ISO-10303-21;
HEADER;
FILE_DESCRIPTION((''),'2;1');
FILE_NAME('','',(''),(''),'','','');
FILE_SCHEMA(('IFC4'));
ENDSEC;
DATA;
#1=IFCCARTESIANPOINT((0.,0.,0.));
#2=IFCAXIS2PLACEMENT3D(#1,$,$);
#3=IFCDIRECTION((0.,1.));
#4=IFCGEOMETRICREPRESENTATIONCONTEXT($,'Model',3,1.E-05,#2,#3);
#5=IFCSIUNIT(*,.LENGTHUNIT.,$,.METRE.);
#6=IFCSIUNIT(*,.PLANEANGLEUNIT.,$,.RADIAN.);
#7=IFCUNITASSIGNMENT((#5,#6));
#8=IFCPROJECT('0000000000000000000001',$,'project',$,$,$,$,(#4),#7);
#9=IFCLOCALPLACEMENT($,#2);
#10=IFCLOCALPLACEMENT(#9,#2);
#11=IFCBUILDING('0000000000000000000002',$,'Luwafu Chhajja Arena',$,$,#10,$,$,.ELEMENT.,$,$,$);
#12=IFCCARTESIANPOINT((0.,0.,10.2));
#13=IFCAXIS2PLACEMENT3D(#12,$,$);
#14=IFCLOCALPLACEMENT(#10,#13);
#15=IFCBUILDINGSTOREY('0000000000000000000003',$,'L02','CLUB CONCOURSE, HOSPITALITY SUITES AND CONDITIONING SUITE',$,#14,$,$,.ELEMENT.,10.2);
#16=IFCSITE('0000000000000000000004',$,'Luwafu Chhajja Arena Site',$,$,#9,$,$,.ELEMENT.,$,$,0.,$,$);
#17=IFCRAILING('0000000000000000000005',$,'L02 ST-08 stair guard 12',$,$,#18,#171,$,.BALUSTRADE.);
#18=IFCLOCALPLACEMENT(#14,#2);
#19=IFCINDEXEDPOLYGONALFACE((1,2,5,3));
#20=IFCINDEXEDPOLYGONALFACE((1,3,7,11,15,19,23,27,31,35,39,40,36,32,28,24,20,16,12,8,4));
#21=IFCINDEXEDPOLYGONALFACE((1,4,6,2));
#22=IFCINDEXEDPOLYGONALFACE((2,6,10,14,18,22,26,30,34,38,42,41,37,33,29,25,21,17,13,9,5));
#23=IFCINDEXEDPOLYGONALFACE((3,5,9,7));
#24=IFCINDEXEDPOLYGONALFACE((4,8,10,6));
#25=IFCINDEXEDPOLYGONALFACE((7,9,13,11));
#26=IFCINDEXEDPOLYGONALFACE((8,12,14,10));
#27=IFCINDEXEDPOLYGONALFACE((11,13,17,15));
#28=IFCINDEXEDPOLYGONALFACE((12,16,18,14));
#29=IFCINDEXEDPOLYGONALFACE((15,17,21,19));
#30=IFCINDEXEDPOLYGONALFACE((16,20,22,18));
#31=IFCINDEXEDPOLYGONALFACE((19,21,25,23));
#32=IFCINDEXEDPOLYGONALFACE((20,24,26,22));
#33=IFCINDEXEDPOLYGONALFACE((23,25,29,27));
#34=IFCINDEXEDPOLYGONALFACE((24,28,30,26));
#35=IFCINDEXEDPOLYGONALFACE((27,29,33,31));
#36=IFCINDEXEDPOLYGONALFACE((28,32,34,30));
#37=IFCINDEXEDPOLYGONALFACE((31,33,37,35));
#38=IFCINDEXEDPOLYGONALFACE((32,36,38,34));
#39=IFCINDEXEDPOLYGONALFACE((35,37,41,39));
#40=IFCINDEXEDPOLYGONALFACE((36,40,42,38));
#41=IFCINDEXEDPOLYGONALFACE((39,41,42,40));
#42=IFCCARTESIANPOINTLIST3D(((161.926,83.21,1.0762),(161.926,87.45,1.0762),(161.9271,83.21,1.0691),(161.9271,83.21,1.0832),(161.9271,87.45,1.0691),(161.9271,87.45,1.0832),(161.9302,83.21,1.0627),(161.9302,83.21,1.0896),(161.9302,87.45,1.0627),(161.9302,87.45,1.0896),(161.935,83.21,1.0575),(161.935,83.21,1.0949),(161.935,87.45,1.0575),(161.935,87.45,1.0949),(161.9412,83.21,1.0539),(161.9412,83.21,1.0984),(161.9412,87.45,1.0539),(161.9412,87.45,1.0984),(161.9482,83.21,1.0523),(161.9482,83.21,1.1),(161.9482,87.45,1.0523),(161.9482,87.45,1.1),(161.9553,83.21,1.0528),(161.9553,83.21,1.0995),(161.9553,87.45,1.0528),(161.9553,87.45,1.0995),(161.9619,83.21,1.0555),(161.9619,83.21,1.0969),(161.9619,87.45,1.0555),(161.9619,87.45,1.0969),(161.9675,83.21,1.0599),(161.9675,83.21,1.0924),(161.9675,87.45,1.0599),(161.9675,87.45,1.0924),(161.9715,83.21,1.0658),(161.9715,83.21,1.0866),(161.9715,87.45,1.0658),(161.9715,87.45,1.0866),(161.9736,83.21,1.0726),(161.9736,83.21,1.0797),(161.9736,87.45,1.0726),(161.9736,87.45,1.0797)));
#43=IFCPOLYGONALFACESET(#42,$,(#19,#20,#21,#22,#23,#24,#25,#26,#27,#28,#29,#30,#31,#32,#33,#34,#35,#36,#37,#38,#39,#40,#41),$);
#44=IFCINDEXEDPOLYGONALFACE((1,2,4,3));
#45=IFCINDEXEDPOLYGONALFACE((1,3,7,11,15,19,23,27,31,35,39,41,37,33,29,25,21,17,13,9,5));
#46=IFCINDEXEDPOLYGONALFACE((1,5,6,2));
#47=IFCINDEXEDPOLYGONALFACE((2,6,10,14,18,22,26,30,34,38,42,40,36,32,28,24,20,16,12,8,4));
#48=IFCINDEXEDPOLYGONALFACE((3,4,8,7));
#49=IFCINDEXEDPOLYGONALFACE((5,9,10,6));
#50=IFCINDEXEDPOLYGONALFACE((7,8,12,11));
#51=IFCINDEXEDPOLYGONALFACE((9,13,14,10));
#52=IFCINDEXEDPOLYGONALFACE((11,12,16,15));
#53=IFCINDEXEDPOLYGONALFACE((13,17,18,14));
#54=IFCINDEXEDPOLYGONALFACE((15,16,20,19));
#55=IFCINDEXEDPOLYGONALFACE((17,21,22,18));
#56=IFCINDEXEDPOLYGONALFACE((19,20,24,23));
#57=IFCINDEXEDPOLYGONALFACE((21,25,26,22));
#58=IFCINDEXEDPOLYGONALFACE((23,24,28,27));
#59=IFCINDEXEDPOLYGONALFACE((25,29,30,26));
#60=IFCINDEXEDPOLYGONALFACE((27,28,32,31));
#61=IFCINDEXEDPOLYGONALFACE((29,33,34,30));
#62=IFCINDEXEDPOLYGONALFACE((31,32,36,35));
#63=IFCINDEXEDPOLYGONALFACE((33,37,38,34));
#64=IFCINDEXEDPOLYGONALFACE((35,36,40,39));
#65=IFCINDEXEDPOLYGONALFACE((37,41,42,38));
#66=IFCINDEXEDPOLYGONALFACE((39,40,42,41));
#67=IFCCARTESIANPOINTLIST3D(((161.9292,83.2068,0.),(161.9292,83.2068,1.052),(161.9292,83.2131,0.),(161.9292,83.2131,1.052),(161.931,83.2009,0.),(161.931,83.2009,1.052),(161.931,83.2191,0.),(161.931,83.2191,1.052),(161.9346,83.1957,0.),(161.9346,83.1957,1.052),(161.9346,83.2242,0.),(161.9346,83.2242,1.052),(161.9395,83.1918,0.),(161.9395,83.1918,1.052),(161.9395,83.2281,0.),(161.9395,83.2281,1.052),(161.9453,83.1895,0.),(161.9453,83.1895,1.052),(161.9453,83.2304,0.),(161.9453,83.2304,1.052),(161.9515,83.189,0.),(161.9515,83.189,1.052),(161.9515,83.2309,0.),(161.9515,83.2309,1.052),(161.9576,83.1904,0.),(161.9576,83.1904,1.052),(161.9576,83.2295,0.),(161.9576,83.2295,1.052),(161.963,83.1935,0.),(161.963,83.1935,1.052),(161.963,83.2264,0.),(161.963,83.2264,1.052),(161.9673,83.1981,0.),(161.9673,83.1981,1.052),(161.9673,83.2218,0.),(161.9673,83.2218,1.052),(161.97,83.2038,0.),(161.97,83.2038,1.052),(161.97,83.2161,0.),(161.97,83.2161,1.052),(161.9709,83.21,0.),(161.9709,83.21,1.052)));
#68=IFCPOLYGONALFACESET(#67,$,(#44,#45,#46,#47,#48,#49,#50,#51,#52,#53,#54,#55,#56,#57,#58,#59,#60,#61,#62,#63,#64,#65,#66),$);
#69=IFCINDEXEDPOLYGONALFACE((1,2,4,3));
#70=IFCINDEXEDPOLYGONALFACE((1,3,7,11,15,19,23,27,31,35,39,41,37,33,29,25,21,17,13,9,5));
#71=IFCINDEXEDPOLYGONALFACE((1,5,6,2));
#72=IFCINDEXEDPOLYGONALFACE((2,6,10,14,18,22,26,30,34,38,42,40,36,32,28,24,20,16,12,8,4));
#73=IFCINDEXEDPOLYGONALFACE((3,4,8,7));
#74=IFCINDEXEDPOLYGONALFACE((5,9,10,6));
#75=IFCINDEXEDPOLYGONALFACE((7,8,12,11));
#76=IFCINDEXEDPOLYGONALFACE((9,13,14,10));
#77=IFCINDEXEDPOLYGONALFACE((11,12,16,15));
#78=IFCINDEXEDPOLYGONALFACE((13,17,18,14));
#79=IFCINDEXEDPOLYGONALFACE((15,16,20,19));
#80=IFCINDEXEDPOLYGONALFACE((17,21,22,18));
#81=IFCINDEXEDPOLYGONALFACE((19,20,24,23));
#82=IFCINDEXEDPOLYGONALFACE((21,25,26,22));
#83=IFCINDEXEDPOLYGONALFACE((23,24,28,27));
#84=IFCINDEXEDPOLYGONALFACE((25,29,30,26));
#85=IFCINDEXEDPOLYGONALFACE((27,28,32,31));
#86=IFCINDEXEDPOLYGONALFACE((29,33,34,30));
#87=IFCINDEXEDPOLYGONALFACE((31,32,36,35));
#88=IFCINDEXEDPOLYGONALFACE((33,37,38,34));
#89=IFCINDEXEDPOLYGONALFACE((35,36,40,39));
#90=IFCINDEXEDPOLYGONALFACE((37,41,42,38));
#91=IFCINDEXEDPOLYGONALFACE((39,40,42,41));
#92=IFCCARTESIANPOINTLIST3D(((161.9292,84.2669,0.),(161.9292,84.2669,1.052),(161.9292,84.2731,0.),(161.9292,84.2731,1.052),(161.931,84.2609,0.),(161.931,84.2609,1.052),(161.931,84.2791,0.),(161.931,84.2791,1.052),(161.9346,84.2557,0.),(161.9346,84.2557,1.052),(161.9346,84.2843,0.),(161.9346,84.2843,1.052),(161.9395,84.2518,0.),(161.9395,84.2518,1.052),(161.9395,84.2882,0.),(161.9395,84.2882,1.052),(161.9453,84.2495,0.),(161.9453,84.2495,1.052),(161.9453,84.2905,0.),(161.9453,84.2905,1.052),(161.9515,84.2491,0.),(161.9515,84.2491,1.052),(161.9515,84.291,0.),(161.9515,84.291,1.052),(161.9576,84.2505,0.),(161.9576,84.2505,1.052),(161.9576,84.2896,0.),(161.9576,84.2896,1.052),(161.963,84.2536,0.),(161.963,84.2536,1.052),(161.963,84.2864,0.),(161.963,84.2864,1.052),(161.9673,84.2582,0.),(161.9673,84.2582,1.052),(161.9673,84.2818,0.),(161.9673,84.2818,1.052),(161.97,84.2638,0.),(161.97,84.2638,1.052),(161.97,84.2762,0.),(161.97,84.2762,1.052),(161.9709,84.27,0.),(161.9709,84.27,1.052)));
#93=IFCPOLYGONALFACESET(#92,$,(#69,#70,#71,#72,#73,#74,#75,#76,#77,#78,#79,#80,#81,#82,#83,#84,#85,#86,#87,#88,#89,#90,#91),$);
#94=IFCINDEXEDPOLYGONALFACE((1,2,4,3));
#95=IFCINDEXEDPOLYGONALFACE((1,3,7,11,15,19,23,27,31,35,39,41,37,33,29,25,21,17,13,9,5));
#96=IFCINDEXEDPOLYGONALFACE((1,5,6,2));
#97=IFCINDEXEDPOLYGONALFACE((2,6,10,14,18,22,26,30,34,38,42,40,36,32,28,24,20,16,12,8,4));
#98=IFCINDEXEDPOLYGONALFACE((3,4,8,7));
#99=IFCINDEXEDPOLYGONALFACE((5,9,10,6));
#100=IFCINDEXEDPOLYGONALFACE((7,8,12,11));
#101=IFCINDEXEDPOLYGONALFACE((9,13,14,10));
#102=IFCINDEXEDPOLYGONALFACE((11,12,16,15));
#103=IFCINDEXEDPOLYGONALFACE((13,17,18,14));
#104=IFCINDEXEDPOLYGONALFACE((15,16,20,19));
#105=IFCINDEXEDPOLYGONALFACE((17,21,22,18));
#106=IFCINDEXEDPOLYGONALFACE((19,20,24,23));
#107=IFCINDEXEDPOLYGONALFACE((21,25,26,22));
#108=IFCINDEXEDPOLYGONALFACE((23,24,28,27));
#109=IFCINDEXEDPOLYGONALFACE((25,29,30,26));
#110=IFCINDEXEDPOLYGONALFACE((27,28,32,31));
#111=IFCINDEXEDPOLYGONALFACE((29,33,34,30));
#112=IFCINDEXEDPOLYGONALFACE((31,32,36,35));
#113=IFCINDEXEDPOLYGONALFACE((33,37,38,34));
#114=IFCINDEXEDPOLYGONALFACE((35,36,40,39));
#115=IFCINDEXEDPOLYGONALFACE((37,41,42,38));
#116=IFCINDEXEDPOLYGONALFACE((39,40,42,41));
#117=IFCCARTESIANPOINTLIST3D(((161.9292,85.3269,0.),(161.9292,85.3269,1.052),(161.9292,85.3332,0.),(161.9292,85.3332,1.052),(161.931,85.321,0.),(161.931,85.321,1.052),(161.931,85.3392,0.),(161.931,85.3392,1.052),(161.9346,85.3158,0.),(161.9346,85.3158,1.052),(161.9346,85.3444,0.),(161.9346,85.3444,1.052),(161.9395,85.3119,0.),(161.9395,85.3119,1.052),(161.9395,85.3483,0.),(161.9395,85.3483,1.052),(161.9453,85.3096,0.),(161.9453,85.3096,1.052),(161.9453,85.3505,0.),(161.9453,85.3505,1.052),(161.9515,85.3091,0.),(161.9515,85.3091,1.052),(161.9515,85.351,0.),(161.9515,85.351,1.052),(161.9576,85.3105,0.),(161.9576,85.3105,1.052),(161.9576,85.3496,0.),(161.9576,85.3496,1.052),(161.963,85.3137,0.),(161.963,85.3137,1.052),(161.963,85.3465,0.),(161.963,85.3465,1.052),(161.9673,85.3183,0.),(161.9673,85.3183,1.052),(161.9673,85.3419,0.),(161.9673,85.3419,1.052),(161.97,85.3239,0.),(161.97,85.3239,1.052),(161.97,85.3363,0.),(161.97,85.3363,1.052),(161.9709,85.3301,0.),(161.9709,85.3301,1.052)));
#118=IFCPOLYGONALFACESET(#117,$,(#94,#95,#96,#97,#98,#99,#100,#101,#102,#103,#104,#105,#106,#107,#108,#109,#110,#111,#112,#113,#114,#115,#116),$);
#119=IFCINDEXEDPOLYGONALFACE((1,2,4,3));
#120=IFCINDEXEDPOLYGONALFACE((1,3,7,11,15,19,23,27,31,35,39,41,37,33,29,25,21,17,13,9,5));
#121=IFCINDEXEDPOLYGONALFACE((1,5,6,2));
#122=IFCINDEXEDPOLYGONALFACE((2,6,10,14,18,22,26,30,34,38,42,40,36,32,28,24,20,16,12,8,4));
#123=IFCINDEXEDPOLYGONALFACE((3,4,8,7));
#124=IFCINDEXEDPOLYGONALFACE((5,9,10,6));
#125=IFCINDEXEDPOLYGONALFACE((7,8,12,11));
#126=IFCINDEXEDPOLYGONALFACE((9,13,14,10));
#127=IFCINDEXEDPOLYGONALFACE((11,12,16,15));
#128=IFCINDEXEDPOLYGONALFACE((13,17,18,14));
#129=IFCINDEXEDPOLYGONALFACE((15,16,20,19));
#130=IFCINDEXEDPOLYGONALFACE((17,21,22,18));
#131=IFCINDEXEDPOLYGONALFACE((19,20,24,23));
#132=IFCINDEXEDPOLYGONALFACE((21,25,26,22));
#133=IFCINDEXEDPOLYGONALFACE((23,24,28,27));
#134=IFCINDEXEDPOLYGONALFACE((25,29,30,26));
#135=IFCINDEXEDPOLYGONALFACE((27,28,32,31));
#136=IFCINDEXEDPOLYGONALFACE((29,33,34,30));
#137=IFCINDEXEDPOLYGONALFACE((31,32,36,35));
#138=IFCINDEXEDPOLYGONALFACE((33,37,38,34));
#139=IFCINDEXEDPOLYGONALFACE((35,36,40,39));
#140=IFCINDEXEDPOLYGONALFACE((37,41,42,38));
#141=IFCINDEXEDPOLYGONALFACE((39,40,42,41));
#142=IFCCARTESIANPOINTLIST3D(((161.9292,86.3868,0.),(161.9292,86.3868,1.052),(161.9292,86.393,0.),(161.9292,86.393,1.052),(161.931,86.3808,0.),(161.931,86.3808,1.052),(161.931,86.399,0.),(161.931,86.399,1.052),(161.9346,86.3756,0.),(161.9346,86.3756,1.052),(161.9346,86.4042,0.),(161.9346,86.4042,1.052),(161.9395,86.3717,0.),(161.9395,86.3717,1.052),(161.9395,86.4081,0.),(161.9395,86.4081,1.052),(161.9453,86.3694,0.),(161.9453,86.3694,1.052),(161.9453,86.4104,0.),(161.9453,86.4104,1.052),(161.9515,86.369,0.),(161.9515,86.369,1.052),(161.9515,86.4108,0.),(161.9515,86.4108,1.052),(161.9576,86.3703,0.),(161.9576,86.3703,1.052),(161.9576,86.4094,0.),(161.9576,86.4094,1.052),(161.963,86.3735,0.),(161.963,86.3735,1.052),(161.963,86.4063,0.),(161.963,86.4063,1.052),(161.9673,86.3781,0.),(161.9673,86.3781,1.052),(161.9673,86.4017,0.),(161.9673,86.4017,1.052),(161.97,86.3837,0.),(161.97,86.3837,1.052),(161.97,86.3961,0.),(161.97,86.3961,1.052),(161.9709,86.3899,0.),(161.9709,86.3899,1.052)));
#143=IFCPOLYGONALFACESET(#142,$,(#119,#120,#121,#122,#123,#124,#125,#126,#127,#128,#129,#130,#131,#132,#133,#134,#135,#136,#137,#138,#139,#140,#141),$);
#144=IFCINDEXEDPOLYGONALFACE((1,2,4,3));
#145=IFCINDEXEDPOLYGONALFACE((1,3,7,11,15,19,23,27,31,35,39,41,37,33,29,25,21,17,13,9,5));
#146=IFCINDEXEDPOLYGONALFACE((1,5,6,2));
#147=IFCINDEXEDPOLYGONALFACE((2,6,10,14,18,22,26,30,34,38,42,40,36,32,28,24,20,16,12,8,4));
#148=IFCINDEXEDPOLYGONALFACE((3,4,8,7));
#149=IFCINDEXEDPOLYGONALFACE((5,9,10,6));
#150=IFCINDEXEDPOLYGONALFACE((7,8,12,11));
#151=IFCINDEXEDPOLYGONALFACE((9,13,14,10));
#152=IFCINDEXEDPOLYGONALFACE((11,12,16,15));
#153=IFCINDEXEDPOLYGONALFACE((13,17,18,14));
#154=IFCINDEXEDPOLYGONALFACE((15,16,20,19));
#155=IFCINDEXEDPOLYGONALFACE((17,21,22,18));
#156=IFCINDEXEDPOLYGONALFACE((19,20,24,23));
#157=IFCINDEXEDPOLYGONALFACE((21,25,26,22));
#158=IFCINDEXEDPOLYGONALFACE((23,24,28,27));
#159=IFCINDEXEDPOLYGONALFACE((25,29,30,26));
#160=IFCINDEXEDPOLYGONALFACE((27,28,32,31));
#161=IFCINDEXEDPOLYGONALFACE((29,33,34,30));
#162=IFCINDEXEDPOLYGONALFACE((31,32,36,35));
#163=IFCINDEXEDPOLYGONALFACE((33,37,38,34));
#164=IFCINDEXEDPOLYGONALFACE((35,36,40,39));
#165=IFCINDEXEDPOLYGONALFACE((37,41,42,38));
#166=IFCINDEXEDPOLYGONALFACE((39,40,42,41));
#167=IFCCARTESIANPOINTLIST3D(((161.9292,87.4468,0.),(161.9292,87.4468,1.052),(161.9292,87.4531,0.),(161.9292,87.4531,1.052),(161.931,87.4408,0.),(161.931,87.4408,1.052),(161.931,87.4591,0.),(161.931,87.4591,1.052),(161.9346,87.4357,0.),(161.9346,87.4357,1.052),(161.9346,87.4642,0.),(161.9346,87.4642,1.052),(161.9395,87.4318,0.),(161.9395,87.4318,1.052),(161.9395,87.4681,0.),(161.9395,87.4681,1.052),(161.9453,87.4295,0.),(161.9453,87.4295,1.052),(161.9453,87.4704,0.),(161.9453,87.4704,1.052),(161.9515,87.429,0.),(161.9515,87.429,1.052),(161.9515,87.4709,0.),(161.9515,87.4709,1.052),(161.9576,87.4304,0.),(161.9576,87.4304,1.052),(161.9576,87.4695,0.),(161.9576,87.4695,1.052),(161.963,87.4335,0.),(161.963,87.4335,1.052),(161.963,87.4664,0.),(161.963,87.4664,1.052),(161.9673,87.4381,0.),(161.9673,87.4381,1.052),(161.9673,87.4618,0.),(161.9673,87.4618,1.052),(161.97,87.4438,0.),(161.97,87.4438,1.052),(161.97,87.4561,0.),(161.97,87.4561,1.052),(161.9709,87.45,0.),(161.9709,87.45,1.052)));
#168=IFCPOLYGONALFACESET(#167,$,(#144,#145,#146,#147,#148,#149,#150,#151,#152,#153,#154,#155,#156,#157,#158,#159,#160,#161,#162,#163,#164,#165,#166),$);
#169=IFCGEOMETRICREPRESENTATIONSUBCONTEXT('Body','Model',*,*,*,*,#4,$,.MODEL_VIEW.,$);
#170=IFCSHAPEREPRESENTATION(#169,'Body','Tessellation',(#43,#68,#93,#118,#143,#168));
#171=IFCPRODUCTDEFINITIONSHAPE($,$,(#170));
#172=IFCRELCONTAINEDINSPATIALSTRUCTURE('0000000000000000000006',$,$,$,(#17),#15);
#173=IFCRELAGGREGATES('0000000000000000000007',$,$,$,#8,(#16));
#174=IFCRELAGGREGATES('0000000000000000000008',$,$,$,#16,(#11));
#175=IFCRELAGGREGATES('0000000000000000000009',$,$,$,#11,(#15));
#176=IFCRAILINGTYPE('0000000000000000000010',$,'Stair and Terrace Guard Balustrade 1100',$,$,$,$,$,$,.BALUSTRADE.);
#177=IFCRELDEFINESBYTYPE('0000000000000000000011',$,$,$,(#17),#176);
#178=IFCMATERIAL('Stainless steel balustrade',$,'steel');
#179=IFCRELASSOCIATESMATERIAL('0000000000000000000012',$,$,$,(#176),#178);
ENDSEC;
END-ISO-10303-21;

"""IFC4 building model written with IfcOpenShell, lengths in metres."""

from ifc_helpers import new_model, si_unit, direction, frame, origin, origin_2d, place, context, subcontext, project, spatial, circle, extrude, material, type_object, element, save


model = new_model("IFC4")

# Units and contexts
model_context = context("Model", 3, precision=1e-05, world=origin(), true_north=direction((0.0, 1.0)))
body_context = subcontext(model_context, "Body", "Model", "MODEL_VIEW")
ifc_project = project(units=[si_unit("LENGTHUNIT", "METRE"), si_unit("PLANEANGLEUNIT", "RADIAN")], contexts=[model_context])

# Site, building, storey
site_placement = place(None, origin())
site = spatial("IfcSite", under=ifc_project, at=site_placement, Name="Luwafu Chhajja Arena Site", CompositionType="ELEMENT", RefElevation=0.0)
building_placement = place(site_placement, origin())
building = spatial("IfcBuilding", under=site, at=building_placement, Name="Luwafu Chhajja Arena", CompositionType="ELEMENT")
storey_placement = place(building_placement, frame((0.0, 0.0, 10.2)))
storey = spatial("IfcBuildingStorey", under=building, at=storey_placement, Name="L02", Description="CLUB CONCOURSE, HOSPITALITY SUITES AND CONDITIONING SUITE", CompositionType="ELEMENT", Elevation=10.2)

# Railing
ifc_material_1 = material(Name="Stainless steel balustrade", Category="steel")
railing_type_1 = type_object("IfcRailingType", Name="Stair and Terrace Guard Balustrade 1100", PredefinedType="BALUSTRADE", material=ifc_material_1)
railing_1_placement = place(storey_placement, frame((161.95, 83.21, 0.0)))
element("IfcRailing", 1, at=railing_1_placement, inside=storey, type_object=railing_type_1, Name="L02 ST-08 stair guard 12", PredefinedType="BALUSTRADE", context=body_context, shape_type="SweptSolid", body=[
    extrude(circle(Radius=0.0239, at=origin_2d()), frame((0.0, 0.0, 1.0762), z_axis=(0.0, 1.0, 0.0), x_axis=(-1.0, 0.0, 0.0)), (0.0, 0.0, 1.0), 4.24),
    extrude(circle(Radius=0.021, at=origin_2d()), origin(), (0.0, 0.0, 1.0), 1.052),
    extrude(circle(Radius=0.021, at=origin_2d()), frame((0.0, 1.0601, 0.0)), (0.0, 0.0, 1.0), 1.052),
    extrude(circle(Radius=0.021, at=origin_2d()), frame((0.0, 2.1201, 0.0)), (0.0, 0.0, 1.0), 1.052),
    extrude(circle(Radius=0.021, at=origin_2d()), frame((0.0, 3.1799, 0.0)), (0.0, 0.0, 1.0), 1.052),
    extrude(circle(Radius=0.021, at=origin_2d()), frame((0.0, 4.24, 0.0)), (0.0, 0.0, 1.0), 1.052),
])

save(model, "model.ifc")
